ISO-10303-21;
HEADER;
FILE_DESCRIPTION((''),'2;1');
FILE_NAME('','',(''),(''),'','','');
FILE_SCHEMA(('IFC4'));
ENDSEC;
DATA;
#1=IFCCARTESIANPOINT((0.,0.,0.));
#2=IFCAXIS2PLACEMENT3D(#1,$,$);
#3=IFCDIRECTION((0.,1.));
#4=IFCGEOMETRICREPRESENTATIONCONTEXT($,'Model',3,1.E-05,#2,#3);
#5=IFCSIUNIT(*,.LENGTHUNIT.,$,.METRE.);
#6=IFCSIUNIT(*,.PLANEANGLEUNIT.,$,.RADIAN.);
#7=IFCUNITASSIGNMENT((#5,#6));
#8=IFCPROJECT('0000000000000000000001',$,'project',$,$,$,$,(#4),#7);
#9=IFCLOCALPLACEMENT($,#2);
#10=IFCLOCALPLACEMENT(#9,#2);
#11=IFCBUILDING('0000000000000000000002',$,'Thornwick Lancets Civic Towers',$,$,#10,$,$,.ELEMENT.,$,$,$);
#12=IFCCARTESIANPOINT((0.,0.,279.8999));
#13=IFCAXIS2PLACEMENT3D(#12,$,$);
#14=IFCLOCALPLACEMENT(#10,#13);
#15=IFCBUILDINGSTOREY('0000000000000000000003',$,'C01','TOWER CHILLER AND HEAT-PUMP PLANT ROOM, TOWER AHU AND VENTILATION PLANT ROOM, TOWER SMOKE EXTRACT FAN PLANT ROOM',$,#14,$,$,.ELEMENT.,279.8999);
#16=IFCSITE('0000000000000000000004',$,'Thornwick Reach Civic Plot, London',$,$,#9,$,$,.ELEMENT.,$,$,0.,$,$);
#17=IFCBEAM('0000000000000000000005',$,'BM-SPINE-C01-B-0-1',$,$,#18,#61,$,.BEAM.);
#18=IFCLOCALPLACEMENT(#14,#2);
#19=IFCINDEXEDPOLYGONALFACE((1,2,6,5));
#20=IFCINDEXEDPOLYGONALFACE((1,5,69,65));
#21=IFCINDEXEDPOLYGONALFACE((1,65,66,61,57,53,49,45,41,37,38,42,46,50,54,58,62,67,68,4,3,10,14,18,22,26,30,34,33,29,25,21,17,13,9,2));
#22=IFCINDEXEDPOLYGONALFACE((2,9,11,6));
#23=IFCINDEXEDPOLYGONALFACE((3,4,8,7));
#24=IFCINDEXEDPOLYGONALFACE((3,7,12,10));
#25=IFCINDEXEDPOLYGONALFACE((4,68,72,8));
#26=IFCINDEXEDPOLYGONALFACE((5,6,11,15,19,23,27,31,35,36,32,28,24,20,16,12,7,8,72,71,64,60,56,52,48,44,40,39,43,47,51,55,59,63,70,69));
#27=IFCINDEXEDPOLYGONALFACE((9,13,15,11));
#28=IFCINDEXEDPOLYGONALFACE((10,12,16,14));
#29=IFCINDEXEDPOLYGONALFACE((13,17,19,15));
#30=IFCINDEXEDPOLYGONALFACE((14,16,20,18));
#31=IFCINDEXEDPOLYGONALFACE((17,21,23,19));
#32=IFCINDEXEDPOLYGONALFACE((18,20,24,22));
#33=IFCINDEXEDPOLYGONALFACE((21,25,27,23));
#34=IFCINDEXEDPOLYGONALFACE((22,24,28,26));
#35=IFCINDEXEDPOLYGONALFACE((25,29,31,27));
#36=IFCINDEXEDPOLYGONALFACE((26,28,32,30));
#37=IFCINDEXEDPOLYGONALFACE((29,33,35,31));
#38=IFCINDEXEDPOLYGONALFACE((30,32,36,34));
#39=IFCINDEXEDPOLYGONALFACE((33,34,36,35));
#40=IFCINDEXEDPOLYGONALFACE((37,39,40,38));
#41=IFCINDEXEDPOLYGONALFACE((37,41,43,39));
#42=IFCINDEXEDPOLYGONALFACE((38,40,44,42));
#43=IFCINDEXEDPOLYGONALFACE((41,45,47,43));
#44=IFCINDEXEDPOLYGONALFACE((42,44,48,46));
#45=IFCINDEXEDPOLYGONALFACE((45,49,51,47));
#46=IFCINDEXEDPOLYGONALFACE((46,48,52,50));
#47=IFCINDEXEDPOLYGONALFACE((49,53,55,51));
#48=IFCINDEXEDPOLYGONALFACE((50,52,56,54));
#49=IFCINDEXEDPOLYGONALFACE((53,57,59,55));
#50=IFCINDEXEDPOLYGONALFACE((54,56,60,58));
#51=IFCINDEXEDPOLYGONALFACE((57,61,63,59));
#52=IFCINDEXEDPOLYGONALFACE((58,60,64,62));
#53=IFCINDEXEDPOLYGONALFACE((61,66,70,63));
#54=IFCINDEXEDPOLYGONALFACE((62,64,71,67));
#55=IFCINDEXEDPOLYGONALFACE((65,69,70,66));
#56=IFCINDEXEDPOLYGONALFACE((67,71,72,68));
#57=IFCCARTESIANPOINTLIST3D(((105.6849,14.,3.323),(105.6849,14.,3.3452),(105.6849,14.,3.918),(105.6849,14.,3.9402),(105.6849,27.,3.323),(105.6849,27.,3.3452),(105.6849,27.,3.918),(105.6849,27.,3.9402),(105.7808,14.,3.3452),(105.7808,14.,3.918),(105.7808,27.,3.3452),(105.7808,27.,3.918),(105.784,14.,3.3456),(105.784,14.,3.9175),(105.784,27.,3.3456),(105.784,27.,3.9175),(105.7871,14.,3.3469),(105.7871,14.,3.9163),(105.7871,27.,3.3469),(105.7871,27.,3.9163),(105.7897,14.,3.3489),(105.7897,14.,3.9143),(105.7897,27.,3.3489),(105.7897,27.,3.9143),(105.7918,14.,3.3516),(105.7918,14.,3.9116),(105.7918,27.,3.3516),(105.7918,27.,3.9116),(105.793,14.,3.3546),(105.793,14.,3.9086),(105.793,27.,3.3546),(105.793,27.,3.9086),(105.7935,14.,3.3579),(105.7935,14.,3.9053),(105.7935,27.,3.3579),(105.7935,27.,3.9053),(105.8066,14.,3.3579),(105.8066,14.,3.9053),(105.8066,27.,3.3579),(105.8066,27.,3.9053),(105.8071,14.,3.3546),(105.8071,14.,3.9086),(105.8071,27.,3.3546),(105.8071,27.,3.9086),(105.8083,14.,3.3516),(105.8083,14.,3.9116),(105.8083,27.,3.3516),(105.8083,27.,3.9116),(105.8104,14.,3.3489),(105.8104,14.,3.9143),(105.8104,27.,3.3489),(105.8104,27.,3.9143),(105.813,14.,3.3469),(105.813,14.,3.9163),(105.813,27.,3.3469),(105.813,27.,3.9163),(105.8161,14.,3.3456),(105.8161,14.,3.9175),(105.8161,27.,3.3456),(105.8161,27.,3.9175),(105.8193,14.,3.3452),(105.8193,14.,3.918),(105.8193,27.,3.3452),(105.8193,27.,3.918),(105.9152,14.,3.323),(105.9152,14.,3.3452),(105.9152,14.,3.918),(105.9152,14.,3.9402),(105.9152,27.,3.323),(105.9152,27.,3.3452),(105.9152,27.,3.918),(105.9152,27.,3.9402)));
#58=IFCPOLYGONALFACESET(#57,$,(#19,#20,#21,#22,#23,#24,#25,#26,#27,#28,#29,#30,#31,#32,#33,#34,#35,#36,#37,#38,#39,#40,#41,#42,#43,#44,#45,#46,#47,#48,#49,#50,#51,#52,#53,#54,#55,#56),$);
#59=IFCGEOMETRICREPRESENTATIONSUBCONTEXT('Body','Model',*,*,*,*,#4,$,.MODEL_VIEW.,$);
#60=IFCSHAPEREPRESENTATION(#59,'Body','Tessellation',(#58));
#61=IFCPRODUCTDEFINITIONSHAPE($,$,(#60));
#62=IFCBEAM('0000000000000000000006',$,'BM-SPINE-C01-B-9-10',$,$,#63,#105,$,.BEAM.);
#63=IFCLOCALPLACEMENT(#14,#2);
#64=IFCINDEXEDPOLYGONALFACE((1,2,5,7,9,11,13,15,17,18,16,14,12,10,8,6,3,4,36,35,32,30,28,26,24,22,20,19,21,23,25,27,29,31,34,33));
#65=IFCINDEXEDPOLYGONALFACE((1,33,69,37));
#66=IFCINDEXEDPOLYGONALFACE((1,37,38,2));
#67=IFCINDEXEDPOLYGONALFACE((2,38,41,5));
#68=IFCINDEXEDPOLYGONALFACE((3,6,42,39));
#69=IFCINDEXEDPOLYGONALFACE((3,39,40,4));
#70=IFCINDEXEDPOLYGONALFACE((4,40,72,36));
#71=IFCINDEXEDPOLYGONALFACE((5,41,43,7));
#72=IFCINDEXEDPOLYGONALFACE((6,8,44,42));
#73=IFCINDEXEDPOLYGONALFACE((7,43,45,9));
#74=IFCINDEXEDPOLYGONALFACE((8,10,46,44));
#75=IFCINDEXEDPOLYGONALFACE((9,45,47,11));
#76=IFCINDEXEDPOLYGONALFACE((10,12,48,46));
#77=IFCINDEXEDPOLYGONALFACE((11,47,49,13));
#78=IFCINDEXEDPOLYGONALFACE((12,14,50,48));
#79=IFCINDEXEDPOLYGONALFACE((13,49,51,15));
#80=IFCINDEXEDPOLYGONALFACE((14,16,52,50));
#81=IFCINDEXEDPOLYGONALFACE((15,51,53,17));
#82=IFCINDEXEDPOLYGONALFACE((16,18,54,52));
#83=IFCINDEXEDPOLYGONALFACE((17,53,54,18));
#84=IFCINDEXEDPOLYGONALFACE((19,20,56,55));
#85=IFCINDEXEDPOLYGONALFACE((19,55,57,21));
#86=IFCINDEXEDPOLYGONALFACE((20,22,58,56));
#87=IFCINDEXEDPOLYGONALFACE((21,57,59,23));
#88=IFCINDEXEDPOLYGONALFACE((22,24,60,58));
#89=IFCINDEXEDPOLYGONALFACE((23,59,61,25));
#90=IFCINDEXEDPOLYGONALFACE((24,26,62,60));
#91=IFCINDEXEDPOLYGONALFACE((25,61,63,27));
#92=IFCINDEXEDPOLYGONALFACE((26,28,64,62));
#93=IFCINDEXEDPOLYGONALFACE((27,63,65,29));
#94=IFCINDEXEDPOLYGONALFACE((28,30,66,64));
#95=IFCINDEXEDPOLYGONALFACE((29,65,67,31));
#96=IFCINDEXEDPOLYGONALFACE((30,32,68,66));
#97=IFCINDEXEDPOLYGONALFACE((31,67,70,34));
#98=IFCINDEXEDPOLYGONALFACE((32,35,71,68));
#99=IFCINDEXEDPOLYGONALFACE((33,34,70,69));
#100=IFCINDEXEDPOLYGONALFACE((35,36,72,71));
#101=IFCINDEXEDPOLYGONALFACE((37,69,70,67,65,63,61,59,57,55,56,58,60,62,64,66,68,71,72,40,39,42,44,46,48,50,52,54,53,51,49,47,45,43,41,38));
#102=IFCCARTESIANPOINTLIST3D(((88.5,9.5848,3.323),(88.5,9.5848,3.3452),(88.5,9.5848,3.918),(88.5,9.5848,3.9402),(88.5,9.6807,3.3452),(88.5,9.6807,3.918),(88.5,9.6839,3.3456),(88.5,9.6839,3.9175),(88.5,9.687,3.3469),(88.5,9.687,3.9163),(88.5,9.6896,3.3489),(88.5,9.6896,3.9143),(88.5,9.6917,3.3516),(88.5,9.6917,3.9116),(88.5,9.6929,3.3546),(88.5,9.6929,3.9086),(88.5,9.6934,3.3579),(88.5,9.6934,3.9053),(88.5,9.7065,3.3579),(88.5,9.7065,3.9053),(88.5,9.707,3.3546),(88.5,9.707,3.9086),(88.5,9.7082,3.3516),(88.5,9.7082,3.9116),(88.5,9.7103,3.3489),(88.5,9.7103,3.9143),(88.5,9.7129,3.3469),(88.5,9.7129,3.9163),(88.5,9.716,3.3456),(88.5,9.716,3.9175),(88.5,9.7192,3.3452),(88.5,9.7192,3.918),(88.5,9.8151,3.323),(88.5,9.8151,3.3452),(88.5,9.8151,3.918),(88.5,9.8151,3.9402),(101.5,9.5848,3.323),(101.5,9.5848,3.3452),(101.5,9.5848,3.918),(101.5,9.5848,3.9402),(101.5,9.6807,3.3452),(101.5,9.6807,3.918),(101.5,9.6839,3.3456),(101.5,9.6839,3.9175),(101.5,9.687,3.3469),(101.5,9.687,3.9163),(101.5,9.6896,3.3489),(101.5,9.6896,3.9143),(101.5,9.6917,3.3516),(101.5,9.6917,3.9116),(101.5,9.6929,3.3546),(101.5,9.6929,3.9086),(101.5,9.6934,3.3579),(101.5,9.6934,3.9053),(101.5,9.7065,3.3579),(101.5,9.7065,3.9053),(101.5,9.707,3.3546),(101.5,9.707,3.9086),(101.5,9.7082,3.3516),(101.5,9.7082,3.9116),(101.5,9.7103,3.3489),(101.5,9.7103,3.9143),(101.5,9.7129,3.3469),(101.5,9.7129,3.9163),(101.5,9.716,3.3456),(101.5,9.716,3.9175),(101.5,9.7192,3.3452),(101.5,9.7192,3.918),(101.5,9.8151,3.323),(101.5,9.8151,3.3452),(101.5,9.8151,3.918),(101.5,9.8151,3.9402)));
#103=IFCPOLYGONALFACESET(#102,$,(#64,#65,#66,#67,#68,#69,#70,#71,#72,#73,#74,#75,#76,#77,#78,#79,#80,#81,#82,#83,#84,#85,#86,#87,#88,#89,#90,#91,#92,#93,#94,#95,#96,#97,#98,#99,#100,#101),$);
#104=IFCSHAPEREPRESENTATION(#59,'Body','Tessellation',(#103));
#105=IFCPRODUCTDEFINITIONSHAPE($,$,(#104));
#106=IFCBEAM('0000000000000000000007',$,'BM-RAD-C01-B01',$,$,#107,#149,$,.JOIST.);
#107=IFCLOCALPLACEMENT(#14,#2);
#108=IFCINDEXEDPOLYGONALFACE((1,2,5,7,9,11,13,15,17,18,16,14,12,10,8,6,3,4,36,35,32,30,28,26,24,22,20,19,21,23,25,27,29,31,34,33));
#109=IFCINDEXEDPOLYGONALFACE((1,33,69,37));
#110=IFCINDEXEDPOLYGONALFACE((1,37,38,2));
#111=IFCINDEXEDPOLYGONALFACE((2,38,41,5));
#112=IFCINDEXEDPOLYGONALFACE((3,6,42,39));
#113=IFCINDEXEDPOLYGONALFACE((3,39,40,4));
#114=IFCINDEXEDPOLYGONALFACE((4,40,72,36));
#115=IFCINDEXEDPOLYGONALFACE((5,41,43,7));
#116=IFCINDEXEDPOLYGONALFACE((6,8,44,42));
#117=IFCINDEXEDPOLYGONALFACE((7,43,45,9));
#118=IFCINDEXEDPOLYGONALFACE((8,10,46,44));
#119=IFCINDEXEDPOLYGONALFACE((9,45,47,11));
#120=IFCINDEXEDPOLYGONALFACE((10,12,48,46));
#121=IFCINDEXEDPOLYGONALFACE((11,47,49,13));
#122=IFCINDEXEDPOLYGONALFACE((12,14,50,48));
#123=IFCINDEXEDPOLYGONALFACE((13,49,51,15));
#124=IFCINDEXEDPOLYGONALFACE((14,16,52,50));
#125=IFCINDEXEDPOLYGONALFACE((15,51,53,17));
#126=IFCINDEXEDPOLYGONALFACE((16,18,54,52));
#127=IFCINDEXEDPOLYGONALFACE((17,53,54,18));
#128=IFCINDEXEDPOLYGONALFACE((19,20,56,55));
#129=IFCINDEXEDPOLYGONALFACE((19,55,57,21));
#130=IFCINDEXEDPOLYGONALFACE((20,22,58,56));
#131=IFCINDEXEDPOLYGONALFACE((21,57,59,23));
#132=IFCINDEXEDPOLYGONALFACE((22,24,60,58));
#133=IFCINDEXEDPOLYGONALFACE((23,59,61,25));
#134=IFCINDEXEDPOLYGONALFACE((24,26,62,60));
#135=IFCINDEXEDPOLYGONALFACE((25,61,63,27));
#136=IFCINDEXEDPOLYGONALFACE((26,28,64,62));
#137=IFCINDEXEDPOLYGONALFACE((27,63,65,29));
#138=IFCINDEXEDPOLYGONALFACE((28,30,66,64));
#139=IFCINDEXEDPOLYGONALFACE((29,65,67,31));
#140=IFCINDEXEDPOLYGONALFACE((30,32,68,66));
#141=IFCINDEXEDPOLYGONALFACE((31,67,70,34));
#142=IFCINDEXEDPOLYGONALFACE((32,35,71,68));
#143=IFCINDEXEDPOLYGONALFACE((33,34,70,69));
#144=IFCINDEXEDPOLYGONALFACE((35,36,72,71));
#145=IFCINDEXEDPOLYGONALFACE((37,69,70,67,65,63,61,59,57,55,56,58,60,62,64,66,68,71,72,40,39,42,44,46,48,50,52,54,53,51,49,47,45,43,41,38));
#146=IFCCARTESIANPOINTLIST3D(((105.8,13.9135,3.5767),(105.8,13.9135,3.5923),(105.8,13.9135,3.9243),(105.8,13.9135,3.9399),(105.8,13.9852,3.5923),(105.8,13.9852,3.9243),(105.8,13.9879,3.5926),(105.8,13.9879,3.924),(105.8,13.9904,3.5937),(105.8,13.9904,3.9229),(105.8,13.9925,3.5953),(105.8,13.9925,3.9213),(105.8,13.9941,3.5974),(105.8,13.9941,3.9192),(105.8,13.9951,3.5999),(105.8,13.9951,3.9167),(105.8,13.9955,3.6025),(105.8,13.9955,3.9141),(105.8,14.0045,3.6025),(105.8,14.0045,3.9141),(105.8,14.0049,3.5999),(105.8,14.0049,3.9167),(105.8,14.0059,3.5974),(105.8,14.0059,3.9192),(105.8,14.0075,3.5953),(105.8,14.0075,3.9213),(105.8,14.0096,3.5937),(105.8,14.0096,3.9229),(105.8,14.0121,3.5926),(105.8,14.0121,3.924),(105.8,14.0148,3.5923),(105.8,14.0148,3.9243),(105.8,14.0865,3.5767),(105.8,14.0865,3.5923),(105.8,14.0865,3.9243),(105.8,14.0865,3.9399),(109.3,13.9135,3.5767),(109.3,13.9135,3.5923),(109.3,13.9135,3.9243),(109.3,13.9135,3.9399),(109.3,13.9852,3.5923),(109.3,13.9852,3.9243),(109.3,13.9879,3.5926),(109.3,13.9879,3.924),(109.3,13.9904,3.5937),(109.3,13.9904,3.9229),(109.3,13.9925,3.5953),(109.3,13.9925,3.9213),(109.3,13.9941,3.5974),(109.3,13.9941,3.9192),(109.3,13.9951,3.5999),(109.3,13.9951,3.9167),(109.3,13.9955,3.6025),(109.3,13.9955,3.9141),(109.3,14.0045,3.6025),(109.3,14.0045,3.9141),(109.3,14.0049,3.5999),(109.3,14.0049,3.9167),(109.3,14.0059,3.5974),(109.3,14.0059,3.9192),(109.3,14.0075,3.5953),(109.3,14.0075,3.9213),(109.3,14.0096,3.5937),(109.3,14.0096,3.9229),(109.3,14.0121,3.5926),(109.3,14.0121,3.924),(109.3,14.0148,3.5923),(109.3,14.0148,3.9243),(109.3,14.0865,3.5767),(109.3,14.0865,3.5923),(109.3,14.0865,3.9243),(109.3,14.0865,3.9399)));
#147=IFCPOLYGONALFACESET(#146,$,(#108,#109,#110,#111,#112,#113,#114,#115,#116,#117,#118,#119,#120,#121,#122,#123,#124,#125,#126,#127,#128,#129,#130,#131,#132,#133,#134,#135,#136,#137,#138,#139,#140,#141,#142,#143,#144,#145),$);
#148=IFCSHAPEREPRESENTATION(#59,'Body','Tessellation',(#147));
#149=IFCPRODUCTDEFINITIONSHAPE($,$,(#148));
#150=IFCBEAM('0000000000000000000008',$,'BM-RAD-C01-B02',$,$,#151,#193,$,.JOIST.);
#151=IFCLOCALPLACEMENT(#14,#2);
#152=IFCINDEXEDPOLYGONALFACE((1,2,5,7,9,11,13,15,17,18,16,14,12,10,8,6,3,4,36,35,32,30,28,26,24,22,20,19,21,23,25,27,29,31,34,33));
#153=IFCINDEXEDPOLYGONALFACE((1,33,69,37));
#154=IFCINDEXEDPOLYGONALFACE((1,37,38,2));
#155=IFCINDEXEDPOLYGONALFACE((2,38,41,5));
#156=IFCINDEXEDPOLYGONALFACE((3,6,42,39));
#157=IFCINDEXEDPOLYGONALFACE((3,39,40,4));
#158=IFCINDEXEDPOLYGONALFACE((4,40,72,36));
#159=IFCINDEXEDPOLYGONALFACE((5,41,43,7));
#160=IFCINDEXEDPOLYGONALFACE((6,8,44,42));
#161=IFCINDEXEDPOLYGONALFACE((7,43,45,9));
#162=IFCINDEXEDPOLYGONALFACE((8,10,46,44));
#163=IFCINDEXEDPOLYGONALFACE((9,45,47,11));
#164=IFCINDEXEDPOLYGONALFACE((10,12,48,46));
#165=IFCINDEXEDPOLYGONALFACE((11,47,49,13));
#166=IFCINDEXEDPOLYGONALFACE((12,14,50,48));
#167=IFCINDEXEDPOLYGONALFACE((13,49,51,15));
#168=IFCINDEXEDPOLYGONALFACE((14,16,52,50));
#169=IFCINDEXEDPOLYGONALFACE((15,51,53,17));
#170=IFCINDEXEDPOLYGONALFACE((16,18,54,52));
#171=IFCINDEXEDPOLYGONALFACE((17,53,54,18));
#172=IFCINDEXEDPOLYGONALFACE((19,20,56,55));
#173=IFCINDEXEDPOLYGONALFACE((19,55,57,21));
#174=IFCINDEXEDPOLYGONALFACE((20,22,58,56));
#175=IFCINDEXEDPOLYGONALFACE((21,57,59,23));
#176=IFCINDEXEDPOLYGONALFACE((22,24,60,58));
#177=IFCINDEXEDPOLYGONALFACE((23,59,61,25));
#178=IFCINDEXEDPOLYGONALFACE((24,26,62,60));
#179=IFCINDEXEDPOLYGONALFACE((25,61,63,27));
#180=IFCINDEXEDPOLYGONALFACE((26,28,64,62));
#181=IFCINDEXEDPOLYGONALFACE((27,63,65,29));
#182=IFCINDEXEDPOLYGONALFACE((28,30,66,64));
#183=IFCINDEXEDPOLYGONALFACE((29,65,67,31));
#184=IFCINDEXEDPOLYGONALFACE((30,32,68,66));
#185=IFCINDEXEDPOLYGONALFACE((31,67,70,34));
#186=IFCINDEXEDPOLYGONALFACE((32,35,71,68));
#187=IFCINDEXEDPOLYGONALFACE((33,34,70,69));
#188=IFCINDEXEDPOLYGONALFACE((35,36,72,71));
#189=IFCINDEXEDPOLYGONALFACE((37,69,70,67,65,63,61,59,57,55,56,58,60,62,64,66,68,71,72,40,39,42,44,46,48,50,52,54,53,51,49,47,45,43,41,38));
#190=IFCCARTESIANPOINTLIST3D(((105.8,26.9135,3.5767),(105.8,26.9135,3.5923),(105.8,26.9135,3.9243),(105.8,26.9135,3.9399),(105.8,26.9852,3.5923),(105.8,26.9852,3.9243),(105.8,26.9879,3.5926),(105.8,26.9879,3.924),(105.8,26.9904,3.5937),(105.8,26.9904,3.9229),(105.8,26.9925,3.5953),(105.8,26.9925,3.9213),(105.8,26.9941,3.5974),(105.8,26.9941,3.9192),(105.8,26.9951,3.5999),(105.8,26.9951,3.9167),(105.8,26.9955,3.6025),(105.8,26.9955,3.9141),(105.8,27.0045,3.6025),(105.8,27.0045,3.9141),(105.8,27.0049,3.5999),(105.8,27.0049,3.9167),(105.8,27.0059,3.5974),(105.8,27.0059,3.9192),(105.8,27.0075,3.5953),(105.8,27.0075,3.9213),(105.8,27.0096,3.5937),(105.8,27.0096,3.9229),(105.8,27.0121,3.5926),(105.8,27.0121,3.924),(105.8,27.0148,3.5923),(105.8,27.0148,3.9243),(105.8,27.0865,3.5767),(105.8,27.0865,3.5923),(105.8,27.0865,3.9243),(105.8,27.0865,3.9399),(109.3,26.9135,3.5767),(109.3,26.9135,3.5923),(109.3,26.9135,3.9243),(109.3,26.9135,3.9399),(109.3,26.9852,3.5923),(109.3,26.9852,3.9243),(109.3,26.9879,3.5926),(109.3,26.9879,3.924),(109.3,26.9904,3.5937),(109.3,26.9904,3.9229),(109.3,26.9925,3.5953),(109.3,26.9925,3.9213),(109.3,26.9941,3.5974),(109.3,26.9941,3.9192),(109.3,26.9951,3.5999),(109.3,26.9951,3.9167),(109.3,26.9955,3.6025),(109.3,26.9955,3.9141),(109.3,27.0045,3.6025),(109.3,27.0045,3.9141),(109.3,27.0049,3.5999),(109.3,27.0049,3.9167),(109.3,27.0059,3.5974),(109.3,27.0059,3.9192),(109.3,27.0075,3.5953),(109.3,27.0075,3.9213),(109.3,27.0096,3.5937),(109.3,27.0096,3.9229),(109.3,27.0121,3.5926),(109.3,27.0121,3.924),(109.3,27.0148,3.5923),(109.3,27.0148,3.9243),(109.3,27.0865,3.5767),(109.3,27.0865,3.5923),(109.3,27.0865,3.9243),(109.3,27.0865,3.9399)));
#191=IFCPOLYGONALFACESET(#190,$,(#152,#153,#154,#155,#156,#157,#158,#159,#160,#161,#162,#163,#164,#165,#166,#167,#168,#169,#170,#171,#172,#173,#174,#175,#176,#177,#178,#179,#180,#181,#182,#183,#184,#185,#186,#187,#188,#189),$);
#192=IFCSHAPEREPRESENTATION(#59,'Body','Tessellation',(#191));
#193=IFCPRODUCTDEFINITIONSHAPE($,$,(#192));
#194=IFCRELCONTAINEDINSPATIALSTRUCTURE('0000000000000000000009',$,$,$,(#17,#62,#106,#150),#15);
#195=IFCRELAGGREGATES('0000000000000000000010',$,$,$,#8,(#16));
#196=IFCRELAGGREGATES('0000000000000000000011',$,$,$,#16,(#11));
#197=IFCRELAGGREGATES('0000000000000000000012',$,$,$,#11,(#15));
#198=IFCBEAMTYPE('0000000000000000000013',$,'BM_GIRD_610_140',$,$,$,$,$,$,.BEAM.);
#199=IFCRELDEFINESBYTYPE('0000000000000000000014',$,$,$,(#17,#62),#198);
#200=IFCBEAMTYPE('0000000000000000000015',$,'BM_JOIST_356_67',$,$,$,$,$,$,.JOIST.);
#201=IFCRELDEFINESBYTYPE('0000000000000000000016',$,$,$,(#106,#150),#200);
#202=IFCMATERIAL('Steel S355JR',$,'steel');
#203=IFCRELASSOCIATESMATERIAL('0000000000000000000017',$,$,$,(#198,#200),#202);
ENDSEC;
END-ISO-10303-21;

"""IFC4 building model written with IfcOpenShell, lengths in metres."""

from ifc_helpers import new_model, si_unit, direction, frame, origin, origin_2d, place, context, subcontext, project, spatial, i_section, extrude, material, material_profile, profile_set, type_object, element, save


model = new_model("IFC4")

# Units and contexts
model_context = context("Model", 3, precision=1e-05, world=origin(), true_north=direction((0.0, 1.0)))
body_context = subcontext(model_context, "Body", "Model", "MODEL_VIEW")
ifc_project = project(units=[si_unit("LENGTHUNIT", "METRE"), si_unit("PLANEANGLEUNIT", "RADIAN")], contexts=[model_context])

# Site, building, storey
site_placement = place(None, origin())
site = spatial("IfcSite", under=ifc_project, at=site_placement, Name="Thornwick Reach Civic Plot, London", CompositionType="ELEMENT", RefElevation=0.0)
building_placement = place(site_placement, origin())
building = spatial("IfcBuilding", under=site, at=building_placement, Name="Thornwick Lancets Civic Towers", CompositionType="ELEMENT")
storey_placement = place(building_placement, frame((0.0, 0.0, 279.8999)))
storey = spatial("IfcBuildingStorey", under=building, at=storey_placement, Name="C01", Description="TOWER CHILLER AND HEAT-PUMP PLANT ROOM, TOWER AHU AND VENTILATION PLANT ROOM, TOWER SMOKE EXTRACT FAN PLANT ROOM", CompositionType="ELEMENT", Elevation=279.8999)

# Shared definitions
ifc_material_1 = material(Name="Steel S355JR", Category="steel")

# Beams
ifc_material_profile_1 = material_profile(ifc_material_1, i_section(OverallWidth=0.2302, OverallDepth=0.6172, WebThickness=0.0132, FlangeThickness=0.0222, FilletRadius=0.0127, at=origin_2d()), Name="UKB 610x229x140")
ifc_profile_set_1 = profile_set([ifc_material_profile_1], Name="Steel S355JR")
beam_type_1 = type_object("IfcBeamType", Name="BM_GIRD_610_140", PredefinedType="BEAM", material=ifc_profile_set_1)
for number, where, z_axis, x_axis, name in (
    (1, (105.8, 14.0, 3.6316), (0.0, 1.0, 0.0), (-1.0, 0.0, 0.0), "BM-SPINE-C01-B-0-1"),
    (2, (101.5, 9.7, 3.6316), (-1.0, 0.0, 0.0), (0.0, -1.0, 0.0), "BM-SPINE-C01-B-9-10"),
):
    element("IfcBeam", number, at=place(storey_placement, frame(where, z_axis=z_axis, x_axis=x_axis)), inside=storey, type_object=beam_type_1, Name=name, PredefinedType="BEAM", context=body_context, shape_type="SweptSolid", body=[
        extrude(i_section(OverallWidth=0.2302, OverallDepth=0.6172, WebThickness=0.0132, FlangeThickness=0.0222, FilletRadius=0.0127, at=origin_2d()), origin(), (0.0, 0.0, 1.0), 13.0),
    ])
ifc_material_profile_2 = material_profile(ifc_material_1, i_section(OverallWidth=0.1731, OverallDepth=0.3633, WebThickness=0.009, FlangeThickness=0.0156, FilletRadius=0.0103, at=origin_2d()), Name="UKB 356x171x67")
ifc_profile_set_2 = profile_set([ifc_material_profile_2], Name="Steel S355JR")
beam_type_2 = type_object("IfcBeamType", Name="BM_JOIST_356_67", PredefinedType="JOIST", material=ifc_profile_set_2)
for number, where, z_axis, x_axis, name in (
    (3, (105.8, 14.0, 3.7583), (1.0, 0.0, 0.0), (0.0, 1.0, 0.0), "BM-RAD-C01-B01"),
    (4, (105.8, 27.0, 3.7583), (1.0, 0.0, 0.0), (0.0, 1.0, 0.0), "BM-RAD-C01-B02"),
):
    element("IfcBeam", number, at=place(storey_placement, frame(where, z_axis=z_axis, x_axis=x_axis)), inside=storey, type_object=beam_type_2, Name=name, PredefinedType="JOIST", context=body_context, shape_type="SweptSolid", body=[
        extrude(i_section(OverallWidth=0.1731, OverallDepth=0.3633, WebThickness=0.009, FlangeThickness=0.0156, FilletRadius=0.0103, at=origin_2d()), origin(), (0.0, 0.0, 1.0), 3.5),
    ])

save(model, "model.ifc")
